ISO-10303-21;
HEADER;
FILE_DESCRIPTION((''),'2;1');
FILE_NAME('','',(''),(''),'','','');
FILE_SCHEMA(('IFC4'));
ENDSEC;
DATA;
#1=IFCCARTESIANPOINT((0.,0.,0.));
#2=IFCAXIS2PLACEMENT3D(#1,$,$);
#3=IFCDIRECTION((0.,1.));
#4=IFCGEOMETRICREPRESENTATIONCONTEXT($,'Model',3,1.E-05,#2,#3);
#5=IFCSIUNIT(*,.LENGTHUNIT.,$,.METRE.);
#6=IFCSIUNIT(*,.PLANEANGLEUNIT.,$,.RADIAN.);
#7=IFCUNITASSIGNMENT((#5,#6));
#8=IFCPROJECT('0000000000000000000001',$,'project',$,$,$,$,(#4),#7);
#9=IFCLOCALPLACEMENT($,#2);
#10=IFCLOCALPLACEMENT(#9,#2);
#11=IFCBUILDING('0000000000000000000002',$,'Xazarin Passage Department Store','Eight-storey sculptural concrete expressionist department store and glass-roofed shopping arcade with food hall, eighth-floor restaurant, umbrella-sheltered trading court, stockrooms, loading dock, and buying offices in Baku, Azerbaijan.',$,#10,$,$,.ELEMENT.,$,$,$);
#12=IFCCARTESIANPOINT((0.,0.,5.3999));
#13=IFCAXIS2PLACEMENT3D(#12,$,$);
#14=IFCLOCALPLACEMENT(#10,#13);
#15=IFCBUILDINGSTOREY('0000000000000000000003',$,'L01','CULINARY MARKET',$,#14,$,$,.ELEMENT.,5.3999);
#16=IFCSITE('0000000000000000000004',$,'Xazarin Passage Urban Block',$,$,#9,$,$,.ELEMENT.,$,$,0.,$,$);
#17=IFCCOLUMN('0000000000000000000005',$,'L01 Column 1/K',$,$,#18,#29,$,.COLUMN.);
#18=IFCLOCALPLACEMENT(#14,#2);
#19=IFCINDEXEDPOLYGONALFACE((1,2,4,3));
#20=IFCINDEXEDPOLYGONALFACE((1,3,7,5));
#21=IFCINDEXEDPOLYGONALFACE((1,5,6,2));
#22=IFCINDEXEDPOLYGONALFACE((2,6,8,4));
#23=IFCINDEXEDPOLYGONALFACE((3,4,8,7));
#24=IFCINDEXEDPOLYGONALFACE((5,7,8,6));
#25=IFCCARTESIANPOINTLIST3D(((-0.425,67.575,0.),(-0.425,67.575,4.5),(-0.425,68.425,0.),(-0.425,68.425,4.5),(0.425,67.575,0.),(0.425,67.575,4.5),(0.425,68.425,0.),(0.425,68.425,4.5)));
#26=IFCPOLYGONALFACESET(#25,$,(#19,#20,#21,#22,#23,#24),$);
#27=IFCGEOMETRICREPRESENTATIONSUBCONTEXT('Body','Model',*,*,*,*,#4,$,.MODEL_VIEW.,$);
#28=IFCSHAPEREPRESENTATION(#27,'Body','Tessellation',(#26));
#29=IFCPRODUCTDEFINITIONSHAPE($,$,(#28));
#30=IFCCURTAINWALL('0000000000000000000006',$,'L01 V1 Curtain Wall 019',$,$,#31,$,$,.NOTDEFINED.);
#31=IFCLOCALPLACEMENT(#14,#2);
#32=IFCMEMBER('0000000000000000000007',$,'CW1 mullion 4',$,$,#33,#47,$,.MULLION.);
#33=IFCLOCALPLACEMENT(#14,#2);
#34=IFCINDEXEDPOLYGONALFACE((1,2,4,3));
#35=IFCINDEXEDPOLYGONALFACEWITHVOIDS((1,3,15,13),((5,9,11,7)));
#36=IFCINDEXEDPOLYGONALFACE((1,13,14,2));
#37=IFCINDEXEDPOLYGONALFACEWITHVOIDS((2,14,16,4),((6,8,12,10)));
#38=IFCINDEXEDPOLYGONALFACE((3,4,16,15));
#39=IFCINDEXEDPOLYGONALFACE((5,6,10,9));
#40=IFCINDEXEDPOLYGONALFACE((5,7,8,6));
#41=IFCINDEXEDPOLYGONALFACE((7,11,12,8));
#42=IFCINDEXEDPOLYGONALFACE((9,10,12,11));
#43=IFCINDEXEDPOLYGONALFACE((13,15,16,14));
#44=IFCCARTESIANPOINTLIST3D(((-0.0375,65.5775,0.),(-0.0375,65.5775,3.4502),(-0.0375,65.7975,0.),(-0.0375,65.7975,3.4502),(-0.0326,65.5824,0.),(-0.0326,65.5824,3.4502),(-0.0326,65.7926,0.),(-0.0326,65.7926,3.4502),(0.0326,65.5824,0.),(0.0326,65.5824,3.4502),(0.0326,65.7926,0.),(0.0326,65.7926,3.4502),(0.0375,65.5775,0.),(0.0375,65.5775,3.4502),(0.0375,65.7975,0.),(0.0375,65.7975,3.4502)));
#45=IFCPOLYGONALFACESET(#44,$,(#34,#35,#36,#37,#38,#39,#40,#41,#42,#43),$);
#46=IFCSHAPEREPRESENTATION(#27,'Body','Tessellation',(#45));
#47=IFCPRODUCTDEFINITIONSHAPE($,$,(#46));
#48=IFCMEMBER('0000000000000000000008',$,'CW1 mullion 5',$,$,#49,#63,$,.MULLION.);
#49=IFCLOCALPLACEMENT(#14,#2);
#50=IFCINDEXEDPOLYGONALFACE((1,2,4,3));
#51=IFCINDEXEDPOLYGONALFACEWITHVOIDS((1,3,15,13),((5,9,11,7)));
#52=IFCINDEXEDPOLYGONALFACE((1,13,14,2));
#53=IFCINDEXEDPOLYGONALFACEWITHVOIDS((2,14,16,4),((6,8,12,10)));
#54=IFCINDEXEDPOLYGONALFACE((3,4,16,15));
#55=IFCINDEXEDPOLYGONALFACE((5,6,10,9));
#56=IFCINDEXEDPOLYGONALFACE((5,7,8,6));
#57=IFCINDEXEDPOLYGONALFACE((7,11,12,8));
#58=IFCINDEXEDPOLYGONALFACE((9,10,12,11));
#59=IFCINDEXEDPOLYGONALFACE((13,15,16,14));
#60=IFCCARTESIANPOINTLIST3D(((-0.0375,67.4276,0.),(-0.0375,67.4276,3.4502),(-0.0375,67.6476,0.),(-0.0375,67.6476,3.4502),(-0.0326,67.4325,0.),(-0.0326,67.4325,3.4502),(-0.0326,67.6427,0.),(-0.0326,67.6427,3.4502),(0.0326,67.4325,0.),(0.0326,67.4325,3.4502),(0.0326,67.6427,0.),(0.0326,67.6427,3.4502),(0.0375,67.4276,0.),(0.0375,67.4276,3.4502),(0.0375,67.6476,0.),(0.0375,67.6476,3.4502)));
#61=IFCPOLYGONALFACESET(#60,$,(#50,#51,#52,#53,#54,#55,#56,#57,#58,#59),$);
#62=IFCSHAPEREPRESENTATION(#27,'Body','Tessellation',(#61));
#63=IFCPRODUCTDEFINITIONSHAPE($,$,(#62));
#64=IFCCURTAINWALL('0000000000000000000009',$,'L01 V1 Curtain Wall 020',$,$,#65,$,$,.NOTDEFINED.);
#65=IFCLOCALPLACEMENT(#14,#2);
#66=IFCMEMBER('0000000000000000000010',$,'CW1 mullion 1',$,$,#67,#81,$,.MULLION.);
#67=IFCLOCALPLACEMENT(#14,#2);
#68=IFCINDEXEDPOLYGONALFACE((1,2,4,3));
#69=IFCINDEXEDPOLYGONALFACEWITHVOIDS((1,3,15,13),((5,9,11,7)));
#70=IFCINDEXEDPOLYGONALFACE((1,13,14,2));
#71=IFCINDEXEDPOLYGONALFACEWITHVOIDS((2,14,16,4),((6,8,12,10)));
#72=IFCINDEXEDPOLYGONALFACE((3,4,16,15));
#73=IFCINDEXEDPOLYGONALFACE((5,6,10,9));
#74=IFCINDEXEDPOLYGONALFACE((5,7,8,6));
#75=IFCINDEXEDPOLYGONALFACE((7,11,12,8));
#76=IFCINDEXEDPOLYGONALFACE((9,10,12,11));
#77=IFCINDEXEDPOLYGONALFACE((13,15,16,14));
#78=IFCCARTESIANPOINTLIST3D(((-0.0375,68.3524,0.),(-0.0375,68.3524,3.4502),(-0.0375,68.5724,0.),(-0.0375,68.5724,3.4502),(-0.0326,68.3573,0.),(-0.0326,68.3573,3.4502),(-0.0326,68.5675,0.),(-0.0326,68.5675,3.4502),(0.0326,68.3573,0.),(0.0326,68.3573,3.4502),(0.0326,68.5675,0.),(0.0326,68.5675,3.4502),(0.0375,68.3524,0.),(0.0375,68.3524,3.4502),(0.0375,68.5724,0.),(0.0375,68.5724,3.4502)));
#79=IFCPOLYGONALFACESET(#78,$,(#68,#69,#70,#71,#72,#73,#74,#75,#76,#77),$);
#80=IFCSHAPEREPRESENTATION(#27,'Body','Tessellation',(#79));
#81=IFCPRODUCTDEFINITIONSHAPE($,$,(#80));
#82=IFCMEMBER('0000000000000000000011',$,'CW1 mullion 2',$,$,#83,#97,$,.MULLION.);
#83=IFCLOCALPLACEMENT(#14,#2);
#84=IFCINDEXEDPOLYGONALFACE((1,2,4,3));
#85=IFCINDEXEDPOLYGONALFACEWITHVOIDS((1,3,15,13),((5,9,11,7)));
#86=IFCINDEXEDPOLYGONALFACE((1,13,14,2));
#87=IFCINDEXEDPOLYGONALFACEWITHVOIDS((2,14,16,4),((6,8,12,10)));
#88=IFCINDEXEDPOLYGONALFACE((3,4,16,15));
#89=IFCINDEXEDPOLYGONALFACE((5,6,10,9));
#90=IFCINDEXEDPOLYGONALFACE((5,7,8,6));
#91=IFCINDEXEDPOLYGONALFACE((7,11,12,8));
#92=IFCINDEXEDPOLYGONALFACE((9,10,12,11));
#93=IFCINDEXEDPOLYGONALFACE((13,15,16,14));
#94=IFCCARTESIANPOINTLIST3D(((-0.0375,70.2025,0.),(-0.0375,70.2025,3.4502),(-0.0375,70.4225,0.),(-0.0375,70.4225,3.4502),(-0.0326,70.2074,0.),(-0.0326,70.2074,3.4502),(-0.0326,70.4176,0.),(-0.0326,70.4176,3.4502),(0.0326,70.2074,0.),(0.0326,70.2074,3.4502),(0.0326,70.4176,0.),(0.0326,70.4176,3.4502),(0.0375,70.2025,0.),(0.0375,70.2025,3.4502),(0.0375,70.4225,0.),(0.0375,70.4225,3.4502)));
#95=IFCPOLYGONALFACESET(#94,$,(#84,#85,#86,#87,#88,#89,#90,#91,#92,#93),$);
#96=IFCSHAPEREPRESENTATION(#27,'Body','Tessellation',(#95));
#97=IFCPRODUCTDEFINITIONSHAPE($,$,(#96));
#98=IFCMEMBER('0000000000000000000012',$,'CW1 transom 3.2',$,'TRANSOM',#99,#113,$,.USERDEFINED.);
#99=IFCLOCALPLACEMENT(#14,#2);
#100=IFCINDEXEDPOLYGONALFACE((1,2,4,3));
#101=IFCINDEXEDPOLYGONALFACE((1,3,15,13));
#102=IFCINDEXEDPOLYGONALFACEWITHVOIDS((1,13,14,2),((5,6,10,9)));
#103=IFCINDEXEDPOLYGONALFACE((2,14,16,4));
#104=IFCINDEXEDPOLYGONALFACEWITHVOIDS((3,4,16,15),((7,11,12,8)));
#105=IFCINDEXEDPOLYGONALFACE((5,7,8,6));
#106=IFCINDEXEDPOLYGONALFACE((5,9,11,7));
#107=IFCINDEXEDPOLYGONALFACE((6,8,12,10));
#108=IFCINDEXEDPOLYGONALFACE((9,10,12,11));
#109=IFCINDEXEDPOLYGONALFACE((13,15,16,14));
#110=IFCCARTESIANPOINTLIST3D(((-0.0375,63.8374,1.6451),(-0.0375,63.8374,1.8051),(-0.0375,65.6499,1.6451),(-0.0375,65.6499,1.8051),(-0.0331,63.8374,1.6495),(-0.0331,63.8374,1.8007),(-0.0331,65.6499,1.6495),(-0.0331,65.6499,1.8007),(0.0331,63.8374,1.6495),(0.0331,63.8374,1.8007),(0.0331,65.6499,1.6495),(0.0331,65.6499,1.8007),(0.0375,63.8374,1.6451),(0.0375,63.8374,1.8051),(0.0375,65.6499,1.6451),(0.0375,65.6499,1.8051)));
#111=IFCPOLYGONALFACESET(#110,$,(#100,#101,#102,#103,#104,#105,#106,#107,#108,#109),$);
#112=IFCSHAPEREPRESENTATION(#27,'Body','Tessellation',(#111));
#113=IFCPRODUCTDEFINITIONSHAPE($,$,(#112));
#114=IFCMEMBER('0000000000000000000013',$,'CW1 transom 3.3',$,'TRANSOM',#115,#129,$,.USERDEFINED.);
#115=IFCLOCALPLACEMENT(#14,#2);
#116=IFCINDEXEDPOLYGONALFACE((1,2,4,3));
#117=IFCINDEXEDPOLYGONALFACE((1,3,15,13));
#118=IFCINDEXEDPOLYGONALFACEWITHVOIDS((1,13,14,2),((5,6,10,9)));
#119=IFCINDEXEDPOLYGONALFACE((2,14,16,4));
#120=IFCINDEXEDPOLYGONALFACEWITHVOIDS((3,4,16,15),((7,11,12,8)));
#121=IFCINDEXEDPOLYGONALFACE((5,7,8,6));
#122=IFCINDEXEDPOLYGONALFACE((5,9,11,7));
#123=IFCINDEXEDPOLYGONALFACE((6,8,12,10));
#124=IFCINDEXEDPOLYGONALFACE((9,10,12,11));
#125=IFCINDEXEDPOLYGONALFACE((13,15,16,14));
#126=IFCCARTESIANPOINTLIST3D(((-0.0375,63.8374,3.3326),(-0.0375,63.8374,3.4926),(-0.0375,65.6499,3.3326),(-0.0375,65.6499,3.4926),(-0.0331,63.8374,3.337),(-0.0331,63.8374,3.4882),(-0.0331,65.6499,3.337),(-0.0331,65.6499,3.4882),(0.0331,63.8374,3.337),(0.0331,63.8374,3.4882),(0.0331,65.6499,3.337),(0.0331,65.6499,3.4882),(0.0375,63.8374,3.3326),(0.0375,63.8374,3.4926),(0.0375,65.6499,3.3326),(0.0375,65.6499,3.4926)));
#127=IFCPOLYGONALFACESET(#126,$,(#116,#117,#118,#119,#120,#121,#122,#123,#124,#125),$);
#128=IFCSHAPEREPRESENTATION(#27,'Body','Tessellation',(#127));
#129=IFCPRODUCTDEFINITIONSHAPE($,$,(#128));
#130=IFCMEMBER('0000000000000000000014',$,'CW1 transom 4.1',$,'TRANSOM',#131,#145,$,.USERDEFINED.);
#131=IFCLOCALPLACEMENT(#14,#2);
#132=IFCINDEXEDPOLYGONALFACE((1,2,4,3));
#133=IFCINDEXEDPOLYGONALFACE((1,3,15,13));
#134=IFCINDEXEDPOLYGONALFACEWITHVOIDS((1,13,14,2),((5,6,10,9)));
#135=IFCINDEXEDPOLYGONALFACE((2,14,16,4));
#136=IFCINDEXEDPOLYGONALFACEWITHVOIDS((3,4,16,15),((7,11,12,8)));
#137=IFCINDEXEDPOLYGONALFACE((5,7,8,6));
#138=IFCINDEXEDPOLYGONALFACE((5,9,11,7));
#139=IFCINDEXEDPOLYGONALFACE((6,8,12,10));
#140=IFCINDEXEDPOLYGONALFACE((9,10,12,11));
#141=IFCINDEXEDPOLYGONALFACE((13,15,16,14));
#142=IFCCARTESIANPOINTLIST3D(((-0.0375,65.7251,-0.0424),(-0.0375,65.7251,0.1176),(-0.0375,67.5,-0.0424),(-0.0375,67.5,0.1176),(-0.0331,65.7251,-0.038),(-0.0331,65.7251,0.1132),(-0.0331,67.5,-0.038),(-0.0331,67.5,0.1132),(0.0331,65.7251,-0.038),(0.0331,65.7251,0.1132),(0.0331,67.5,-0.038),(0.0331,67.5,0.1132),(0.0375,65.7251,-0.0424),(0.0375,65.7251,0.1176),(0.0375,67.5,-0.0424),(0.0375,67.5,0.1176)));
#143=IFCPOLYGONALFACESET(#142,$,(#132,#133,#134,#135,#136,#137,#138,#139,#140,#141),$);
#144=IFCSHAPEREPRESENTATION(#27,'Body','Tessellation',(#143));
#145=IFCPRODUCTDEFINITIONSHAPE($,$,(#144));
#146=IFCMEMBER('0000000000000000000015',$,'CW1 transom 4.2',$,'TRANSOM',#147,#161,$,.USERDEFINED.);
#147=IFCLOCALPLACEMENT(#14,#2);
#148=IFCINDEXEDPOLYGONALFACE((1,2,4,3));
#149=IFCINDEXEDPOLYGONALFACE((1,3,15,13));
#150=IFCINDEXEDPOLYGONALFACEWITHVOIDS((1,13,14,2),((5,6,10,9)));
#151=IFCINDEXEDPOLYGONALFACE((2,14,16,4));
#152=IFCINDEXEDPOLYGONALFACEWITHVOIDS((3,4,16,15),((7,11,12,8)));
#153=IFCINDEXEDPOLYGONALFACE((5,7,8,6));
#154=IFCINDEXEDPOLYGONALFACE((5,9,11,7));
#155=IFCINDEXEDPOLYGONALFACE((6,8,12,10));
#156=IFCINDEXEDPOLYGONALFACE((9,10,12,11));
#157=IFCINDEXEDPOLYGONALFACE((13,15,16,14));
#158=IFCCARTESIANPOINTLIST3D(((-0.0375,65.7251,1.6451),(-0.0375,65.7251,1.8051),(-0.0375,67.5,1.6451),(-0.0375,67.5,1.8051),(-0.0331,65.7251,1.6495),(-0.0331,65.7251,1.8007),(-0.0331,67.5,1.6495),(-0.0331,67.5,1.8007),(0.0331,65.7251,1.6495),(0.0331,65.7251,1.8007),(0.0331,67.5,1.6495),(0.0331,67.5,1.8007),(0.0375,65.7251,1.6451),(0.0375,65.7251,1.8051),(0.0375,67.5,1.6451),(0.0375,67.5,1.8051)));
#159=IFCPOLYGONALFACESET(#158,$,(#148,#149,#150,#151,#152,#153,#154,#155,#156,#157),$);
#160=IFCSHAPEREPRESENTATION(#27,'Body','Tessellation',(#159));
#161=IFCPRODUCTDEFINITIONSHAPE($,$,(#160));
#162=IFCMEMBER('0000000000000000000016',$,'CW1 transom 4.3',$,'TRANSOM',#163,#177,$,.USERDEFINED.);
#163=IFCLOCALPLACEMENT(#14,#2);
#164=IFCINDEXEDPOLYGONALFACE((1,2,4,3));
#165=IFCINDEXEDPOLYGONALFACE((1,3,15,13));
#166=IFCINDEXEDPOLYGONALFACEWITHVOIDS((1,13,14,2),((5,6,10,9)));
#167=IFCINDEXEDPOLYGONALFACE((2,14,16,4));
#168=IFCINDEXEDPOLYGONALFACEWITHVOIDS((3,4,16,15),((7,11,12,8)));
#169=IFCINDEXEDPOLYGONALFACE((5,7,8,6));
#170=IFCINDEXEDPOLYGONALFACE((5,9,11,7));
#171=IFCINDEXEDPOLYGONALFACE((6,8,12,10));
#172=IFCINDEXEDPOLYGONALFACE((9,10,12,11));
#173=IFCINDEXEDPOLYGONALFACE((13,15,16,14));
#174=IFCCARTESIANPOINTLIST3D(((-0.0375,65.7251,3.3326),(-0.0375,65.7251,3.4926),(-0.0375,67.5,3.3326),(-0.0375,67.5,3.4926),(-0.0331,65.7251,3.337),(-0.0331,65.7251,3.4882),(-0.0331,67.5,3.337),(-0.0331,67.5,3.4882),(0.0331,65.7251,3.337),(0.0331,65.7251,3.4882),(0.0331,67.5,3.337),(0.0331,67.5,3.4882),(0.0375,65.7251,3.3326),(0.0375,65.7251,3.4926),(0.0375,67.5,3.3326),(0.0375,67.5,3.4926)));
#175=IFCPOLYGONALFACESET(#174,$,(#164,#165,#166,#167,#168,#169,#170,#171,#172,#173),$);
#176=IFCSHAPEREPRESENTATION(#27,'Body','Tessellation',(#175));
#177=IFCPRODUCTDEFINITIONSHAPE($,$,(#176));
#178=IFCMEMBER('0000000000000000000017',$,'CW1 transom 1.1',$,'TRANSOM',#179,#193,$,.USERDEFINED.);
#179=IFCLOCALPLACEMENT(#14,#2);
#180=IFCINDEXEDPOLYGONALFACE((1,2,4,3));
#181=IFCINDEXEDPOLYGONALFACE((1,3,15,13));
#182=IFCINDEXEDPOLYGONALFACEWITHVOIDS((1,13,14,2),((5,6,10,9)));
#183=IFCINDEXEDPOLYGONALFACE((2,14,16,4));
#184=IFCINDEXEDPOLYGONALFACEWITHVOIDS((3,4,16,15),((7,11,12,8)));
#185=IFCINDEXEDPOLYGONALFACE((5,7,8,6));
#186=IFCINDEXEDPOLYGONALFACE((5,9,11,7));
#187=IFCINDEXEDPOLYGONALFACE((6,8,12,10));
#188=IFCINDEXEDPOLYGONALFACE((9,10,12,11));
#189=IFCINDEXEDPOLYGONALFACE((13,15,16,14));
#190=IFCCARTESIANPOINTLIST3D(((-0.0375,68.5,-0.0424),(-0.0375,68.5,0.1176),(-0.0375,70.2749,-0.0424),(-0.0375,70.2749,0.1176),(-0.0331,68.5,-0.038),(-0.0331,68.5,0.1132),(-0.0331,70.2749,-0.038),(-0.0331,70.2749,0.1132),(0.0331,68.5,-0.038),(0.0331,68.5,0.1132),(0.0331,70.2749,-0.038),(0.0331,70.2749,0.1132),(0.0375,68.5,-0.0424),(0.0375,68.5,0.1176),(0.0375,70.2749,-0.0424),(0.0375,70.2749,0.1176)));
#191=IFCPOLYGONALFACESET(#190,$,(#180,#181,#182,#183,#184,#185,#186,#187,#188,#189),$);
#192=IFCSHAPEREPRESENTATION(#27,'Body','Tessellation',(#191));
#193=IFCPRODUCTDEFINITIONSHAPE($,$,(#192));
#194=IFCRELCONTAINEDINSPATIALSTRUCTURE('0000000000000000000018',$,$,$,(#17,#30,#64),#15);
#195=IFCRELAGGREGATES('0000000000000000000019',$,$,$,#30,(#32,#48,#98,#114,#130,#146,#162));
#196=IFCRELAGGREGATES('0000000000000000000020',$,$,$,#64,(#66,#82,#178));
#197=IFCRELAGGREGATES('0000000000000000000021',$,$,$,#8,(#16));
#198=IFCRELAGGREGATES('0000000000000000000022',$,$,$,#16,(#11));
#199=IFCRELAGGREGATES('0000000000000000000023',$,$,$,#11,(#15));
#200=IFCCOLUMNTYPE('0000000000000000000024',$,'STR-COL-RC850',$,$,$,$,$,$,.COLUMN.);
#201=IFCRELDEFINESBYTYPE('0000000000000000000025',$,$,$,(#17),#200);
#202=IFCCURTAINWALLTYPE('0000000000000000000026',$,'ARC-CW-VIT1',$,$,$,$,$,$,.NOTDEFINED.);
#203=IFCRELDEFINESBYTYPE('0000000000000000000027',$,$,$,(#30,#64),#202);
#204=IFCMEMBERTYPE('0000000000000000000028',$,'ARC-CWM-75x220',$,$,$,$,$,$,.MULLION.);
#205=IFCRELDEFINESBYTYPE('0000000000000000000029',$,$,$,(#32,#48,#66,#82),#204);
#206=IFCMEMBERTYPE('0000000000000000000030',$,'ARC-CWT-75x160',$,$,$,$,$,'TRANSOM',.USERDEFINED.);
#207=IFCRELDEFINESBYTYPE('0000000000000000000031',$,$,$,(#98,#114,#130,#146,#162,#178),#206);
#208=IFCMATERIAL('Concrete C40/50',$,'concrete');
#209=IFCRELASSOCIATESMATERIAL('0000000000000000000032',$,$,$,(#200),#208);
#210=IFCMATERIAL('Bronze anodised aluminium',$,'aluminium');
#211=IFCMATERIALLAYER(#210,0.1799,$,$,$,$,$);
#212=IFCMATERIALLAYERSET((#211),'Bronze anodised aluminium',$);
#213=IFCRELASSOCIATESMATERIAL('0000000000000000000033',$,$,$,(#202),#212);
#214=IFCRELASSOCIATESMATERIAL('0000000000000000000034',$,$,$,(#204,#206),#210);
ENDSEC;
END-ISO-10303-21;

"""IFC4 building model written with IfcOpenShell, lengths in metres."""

from ifc_helpers import new_model, si_unit, direction, frame, origin, origin_2d, place, context, subcontext, project, spatial, rectangle, hollow_rectangle, extrude, material, layer, layer_set, material_profile, profile_set, type_object, element, aggregate, save


model = new_model("IFC4")

# Units and contexts
model_context = context("Model", 3, precision=1e-05, world=origin(), true_north=direction((0.0, 1.0)))
body_context = subcontext(model_context, "Body", "Model", "MODEL_VIEW")
ifc_project = project(units=[si_unit("LENGTHUNIT", "METRE"), si_unit("PLANEANGLEUNIT", "RADIAN")], contexts=[model_context])

# Site, building, storey
site_placement = place(None, origin())
site = spatial("IfcSite", under=ifc_project, at=site_placement, Name="Xazarin Passage Urban Block", CompositionType="ELEMENT", RefElevation=0.0)
building_placement = place(site_placement, origin())
building = spatial("IfcBuilding", under=site, at=building_placement, Name="Xazarin Passage Department Store", Description="Eight-storey sculptural concrete expressionist department store and glass-roofed shopping arcade with food hall, eighth-floor restaurant, umbrella-sheltered trading court, stockrooms, loading dock, and buying offices in Baku, Azerbaijan.", CompositionType="ELEMENT")
storey_placement = place(building_placement, frame((0.0, 0.0, 5.3999)))
storey = spatial("IfcBuildingStorey", under=building, at=storey_placement, Name="L01", Description="CULINARY MARKET", CompositionType="ELEMENT", Elevation=5.3999)

# Column
ifc_material_1 = material(Name="Concrete C40/50", Category="concrete")
ifc_material_profile_1 = material_profile(ifc_material_1, rectangle(XDim=0.8501, YDim=0.8501, at=origin_2d()), Name="RC 850x850")
ifc_profile_set_1 = profile_set([ifc_material_profile_1], Name="Concrete C40/50")
column_type = type_object("IfcColumnType", Name="STR-COL-RC850", PredefinedType="COLUMN", material=ifc_profile_set_1)
column_placement = place(storey_placement, frame((0.0, 68.0, 0.0), z_axis=(0.0, 0.0, 1.0), x_axis=(1.0, 0.0, 0.0)))
element("IfcColumn", 1, at=column_placement, inside=storey, type_object=column_type, Name="L01 Column 1/K", PredefinedType="COLUMN", context=body_context, shape_type="SweptSolid", body=[
    extrude(rectangle(XDim=0.8501, YDim=0.8501, at=origin_2d()), origin(), (0.0, 0.0, 1.0), 4.5),
])

# Curtain walls, members
ifc_material_2 = material(Name="Bronze anodised aluminium", Category="aluminium")
ifc_layer_1 = layer(ifc_material_2, 0.1799)
ifc_layer_set_1 = layer_set([ifc_layer_1], Name="Bronze anodised aluminium")
curtain_wall_type = type_object("IfcCurtainWallType", Name="ARC-CW-VIT1", PredefinedType="NOTDEFINED", material=ifc_layer_set_1)
curtain_wall_1_placement = place(storey_placement, origin())
curtain_wall_1 = element("IfcCurtainWall", 2, at=curtain_wall_1_placement, inside=storey, type_object=curtain_wall_type, Name="L01 V1 Curtain Wall 019", PredefinedType="NOTDEFINED")
ifc_material_profile_2 = material_profile(ifc_material_2, hollow_rectangle(XDim=0.075, YDim=0.22, WallThickness=0.0049, at=origin_2d()), Name="ALU 75x220")
ifc_profile_set_2 = profile_set([ifc_material_profile_2], Name="Bronze anodised aluminium")
member_type_1 = type_object("IfcMemberType", Name="ARC-CWM-75x220", PredefinedType="MULLION", material=ifc_profile_set_2)
member_1_placement = place(storey_placement, frame((0.0, 65.6875, 0.0), z_axis=(0.0, 0.0, 1.0), x_axis=(-1.0, 0.0, 0.0)))
member_1 = element("IfcMember", 3, at=member_1_placement, type_object=member_type_1, Name="CW1 mullion 4", PredefinedType="MULLION", context=body_context, shape_type="SweptSolid", body=[
    extrude(hollow_rectangle(XDim=0.075, YDim=0.22, WallThickness=0.0049, at=origin_2d()), origin(), (0.0, 0.0, 1.0), 3.4502),
])
member_2_placement = place(storey_placement, frame((0.0, 67.5376, 0.0), z_axis=(0.0, 0.0, 1.0), x_axis=(-1.0, 0.0, 0.0)))
member_2 = element("IfcMember", 4, at=member_2_placement, type_object=member_type_1, Name="CW1 mullion 5", PredefinedType="MULLION", context=body_context, shape_type="SweptSolid", body=[
    extrude(hollow_rectangle(XDim=0.075, YDim=0.22, WallThickness=0.0049, at=origin_2d()), origin(), (0.0, 0.0, 1.0), 3.4502),
])
curtain_wall_2_placement = place(storey_placement, origin())
curtain_wall_2 = element("IfcCurtainWall", 5, at=curtain_wall_2_placement, inside=storey, type_object=curtain_wall_type, Name="L01 V1 Curtain Wall 020", PredefinedType="NOTDEFINED")
member_3_placement = place(storey_placement, frame((0.0, 68.4624, 0.0), z_axis=(0.0, 0.0, 1.0), x_axis=(-1.0, 0.0, 0.0)))
member_3 = element("IfcMember", 6, at=member_3_placement, type_object=member_type_1, Name="CW1 mullion 1", PredefinedType="MULLION", context=body_context, shape_type="SweptSolid", body=[
    extrude(hollow_rectangle(XDim=0.075, YDim=0.22, WallThickness=0.0049, at=origin_2d()), origin(), (0.0, 0.0, 1.0), 3.4502),
])
member_4_placement = place(storey_placement, frame((0.0, 70.3125, 0.0), z_axis=(0.0, 0.0, 1.0), x_axis=(-1.0, 0.0, 0.0)))
member_4 = element("IfcMember", 7, at=member_4_placement, type_object=member_type_1, Name="CW1 mullion 2", PredefinedType="MULLION", context=body_context, shape_type="SweptSolid", body=[
    extrude(hollow_rectangle(XDim=0.075, YDim=0.22, WallThickness=0.0049, at=origin_2d()), origin(), (0.0, 0.0, 1.0), 3.4502),
])

# Members
ifc_material_profile_3 = material_profile(ifc_material_2, hollow_rectangle(XDim=0.075, YDim=0.1599, WallThickness=0.0044, at=origin_2d()), Name="ALU 75x160")
ifc_profile_set_3 = profile_set([ifc_material_profile_3], Name="Bronze anodised aluminium")
member_type_2 = type_object("IfcMemberType", Name="ARC-CWT-75x160", ElementType="TRANSOM", PredefinedType="USERDEFINED", material=ifc_profile_set_3)
member_5_placement = place(storey_placement, frame((0.0, 63.8374, 1.7251), z_axis=(0.0, 1.0, 0.0), x_axis=(-1.0, 0.0, 0.0)))
member_5 = element("IfcMember", 8, at=member_5_placement, type_object=member_type_2, Name="CW1 transom 3.2", ObjectType="TRANSOM", PredefinedType="USERDEFINED", context=body_context, shape_type="SweptSolid", body=[
    extrude(hollow_rectangle(XDim=0.075, YDim=0.1599, WallThickness=0.0044, at=origin_2d()), origin(), (0.0, 0.0, 1.0), 1.8125),
])
member_6_placement = place(storey_placement, frame((0.0, 63.8374, 3.4126), z_axis=(0.0, 1.0, 0.0), x_axis=(-1.0, 0.0, 0.0)))
member_6 = element("IfcMember", 9, at=member_6_placement, type_object=member_type_2, Name="CW1 transom 3.3", ObjectType="TRANSOM", PredefinedType="USERDEFINED", context=body_context, shape_type="SweptSolid", body=[
    extrude(hollow_rectangle(XDim=0.075, YDim=0.1599, WallThickness=0.0044, at=origin_2d()), origin(), (0.0, 0.0, 1.0), 1.8125),
])
member_7_placement = place(storey_placement, frame((0.0, 65.7251, 0.0376), z_axis=(0.0, 1.0, 0.0), x_axis=(-1.0, 0.0, 0.0)))
member_7 = element("IfcMember", 10, at=member_7_placement, type_object=member_type_2, Name="CW1 transom 4.1", ObjectType="TRANSOM", PredefinedType="USERDEFINED", context=body_context, shape_type="SweptSolid", body=[
    extrude(hollow_rectangle(XDim=0.075, YDim=0.1599, WallThickness=0.0044, at=origin_2d()), origin(), (0.0, 0.0, 1.0), 1.7749),
])
member_8_placement = place(storey_placement, frame((0.0, 65.7251, 1.7251), z_axis=(0.0, 1.0, 0.0), x_axis=(-1.0, 0.0, 0.0)))
member_8 = element("IfcMember", 11, at=member_8_placement, type_object=member_type_2, Name="CW1 transom 4.2", ObjectType="TRANSOM", PredefinedType="USERDEFINED", context=body_context, shape_type="SweptSolid", body=[
    extrude(hollow_rectangle(XDim=0.075, YDim=0.1599, WallThickness=0.0044, at=origin_2d()), origin(), (0.0, 0.0, 1.0), 1.7749),
])
member_9_placement = place(storey_placement, frame((0.0, 65.7251, 3.4126), z_axis=(0.0, 1.0, 0.0), x_axis=(-1.0, 0.0, 0.0)))
member_9 = element("IfcMember", 12, at=member_9_placement, type_object=member_type_2, Name="CW1 transom 4.3", ObjectType="TRANSOM", PredefinedType="USERDEFINED", context=body_context, shape_type="SweptSolid", body=[
    extrude(hollow_rectangle(XDim=0.075, YDim=0.1599, WallThickness=0.0044, at=origin_2d()), origin(), (0.0, 0.0, 1.0), 1.7749),
])
member_10_placement = place(storey_placement, frame((0.0, 68.5, 0.0376), z_axis=(0.0, 1.0, 0.0), x_axis=(-1.0, 0.0, 0.0)))
member_10 = element("IfcMember", 13, at=member_10_placement, type_object=member_type_2, Name="CW1 transom 1.1", ObjectType="TRANSOM", PredefinedType="USERDEFINED", context=body_context, shape_type="SweptSolid", body=[
    extrude(hollow_rectangle(XDim=0.075, YDim=0.1599, WallThickness=0.0044, at=origin_2d()), origin(), (0.0, 0.0, 1.0), 1.7749),
])

aggregate(curtain_wall_1, [member_1, member_2, member_5, member_6, member_7, member_8, member_9])
aggregate(curtain_wall_2, [member_3, member_4, member_10])

save(model, "model.ifc")
